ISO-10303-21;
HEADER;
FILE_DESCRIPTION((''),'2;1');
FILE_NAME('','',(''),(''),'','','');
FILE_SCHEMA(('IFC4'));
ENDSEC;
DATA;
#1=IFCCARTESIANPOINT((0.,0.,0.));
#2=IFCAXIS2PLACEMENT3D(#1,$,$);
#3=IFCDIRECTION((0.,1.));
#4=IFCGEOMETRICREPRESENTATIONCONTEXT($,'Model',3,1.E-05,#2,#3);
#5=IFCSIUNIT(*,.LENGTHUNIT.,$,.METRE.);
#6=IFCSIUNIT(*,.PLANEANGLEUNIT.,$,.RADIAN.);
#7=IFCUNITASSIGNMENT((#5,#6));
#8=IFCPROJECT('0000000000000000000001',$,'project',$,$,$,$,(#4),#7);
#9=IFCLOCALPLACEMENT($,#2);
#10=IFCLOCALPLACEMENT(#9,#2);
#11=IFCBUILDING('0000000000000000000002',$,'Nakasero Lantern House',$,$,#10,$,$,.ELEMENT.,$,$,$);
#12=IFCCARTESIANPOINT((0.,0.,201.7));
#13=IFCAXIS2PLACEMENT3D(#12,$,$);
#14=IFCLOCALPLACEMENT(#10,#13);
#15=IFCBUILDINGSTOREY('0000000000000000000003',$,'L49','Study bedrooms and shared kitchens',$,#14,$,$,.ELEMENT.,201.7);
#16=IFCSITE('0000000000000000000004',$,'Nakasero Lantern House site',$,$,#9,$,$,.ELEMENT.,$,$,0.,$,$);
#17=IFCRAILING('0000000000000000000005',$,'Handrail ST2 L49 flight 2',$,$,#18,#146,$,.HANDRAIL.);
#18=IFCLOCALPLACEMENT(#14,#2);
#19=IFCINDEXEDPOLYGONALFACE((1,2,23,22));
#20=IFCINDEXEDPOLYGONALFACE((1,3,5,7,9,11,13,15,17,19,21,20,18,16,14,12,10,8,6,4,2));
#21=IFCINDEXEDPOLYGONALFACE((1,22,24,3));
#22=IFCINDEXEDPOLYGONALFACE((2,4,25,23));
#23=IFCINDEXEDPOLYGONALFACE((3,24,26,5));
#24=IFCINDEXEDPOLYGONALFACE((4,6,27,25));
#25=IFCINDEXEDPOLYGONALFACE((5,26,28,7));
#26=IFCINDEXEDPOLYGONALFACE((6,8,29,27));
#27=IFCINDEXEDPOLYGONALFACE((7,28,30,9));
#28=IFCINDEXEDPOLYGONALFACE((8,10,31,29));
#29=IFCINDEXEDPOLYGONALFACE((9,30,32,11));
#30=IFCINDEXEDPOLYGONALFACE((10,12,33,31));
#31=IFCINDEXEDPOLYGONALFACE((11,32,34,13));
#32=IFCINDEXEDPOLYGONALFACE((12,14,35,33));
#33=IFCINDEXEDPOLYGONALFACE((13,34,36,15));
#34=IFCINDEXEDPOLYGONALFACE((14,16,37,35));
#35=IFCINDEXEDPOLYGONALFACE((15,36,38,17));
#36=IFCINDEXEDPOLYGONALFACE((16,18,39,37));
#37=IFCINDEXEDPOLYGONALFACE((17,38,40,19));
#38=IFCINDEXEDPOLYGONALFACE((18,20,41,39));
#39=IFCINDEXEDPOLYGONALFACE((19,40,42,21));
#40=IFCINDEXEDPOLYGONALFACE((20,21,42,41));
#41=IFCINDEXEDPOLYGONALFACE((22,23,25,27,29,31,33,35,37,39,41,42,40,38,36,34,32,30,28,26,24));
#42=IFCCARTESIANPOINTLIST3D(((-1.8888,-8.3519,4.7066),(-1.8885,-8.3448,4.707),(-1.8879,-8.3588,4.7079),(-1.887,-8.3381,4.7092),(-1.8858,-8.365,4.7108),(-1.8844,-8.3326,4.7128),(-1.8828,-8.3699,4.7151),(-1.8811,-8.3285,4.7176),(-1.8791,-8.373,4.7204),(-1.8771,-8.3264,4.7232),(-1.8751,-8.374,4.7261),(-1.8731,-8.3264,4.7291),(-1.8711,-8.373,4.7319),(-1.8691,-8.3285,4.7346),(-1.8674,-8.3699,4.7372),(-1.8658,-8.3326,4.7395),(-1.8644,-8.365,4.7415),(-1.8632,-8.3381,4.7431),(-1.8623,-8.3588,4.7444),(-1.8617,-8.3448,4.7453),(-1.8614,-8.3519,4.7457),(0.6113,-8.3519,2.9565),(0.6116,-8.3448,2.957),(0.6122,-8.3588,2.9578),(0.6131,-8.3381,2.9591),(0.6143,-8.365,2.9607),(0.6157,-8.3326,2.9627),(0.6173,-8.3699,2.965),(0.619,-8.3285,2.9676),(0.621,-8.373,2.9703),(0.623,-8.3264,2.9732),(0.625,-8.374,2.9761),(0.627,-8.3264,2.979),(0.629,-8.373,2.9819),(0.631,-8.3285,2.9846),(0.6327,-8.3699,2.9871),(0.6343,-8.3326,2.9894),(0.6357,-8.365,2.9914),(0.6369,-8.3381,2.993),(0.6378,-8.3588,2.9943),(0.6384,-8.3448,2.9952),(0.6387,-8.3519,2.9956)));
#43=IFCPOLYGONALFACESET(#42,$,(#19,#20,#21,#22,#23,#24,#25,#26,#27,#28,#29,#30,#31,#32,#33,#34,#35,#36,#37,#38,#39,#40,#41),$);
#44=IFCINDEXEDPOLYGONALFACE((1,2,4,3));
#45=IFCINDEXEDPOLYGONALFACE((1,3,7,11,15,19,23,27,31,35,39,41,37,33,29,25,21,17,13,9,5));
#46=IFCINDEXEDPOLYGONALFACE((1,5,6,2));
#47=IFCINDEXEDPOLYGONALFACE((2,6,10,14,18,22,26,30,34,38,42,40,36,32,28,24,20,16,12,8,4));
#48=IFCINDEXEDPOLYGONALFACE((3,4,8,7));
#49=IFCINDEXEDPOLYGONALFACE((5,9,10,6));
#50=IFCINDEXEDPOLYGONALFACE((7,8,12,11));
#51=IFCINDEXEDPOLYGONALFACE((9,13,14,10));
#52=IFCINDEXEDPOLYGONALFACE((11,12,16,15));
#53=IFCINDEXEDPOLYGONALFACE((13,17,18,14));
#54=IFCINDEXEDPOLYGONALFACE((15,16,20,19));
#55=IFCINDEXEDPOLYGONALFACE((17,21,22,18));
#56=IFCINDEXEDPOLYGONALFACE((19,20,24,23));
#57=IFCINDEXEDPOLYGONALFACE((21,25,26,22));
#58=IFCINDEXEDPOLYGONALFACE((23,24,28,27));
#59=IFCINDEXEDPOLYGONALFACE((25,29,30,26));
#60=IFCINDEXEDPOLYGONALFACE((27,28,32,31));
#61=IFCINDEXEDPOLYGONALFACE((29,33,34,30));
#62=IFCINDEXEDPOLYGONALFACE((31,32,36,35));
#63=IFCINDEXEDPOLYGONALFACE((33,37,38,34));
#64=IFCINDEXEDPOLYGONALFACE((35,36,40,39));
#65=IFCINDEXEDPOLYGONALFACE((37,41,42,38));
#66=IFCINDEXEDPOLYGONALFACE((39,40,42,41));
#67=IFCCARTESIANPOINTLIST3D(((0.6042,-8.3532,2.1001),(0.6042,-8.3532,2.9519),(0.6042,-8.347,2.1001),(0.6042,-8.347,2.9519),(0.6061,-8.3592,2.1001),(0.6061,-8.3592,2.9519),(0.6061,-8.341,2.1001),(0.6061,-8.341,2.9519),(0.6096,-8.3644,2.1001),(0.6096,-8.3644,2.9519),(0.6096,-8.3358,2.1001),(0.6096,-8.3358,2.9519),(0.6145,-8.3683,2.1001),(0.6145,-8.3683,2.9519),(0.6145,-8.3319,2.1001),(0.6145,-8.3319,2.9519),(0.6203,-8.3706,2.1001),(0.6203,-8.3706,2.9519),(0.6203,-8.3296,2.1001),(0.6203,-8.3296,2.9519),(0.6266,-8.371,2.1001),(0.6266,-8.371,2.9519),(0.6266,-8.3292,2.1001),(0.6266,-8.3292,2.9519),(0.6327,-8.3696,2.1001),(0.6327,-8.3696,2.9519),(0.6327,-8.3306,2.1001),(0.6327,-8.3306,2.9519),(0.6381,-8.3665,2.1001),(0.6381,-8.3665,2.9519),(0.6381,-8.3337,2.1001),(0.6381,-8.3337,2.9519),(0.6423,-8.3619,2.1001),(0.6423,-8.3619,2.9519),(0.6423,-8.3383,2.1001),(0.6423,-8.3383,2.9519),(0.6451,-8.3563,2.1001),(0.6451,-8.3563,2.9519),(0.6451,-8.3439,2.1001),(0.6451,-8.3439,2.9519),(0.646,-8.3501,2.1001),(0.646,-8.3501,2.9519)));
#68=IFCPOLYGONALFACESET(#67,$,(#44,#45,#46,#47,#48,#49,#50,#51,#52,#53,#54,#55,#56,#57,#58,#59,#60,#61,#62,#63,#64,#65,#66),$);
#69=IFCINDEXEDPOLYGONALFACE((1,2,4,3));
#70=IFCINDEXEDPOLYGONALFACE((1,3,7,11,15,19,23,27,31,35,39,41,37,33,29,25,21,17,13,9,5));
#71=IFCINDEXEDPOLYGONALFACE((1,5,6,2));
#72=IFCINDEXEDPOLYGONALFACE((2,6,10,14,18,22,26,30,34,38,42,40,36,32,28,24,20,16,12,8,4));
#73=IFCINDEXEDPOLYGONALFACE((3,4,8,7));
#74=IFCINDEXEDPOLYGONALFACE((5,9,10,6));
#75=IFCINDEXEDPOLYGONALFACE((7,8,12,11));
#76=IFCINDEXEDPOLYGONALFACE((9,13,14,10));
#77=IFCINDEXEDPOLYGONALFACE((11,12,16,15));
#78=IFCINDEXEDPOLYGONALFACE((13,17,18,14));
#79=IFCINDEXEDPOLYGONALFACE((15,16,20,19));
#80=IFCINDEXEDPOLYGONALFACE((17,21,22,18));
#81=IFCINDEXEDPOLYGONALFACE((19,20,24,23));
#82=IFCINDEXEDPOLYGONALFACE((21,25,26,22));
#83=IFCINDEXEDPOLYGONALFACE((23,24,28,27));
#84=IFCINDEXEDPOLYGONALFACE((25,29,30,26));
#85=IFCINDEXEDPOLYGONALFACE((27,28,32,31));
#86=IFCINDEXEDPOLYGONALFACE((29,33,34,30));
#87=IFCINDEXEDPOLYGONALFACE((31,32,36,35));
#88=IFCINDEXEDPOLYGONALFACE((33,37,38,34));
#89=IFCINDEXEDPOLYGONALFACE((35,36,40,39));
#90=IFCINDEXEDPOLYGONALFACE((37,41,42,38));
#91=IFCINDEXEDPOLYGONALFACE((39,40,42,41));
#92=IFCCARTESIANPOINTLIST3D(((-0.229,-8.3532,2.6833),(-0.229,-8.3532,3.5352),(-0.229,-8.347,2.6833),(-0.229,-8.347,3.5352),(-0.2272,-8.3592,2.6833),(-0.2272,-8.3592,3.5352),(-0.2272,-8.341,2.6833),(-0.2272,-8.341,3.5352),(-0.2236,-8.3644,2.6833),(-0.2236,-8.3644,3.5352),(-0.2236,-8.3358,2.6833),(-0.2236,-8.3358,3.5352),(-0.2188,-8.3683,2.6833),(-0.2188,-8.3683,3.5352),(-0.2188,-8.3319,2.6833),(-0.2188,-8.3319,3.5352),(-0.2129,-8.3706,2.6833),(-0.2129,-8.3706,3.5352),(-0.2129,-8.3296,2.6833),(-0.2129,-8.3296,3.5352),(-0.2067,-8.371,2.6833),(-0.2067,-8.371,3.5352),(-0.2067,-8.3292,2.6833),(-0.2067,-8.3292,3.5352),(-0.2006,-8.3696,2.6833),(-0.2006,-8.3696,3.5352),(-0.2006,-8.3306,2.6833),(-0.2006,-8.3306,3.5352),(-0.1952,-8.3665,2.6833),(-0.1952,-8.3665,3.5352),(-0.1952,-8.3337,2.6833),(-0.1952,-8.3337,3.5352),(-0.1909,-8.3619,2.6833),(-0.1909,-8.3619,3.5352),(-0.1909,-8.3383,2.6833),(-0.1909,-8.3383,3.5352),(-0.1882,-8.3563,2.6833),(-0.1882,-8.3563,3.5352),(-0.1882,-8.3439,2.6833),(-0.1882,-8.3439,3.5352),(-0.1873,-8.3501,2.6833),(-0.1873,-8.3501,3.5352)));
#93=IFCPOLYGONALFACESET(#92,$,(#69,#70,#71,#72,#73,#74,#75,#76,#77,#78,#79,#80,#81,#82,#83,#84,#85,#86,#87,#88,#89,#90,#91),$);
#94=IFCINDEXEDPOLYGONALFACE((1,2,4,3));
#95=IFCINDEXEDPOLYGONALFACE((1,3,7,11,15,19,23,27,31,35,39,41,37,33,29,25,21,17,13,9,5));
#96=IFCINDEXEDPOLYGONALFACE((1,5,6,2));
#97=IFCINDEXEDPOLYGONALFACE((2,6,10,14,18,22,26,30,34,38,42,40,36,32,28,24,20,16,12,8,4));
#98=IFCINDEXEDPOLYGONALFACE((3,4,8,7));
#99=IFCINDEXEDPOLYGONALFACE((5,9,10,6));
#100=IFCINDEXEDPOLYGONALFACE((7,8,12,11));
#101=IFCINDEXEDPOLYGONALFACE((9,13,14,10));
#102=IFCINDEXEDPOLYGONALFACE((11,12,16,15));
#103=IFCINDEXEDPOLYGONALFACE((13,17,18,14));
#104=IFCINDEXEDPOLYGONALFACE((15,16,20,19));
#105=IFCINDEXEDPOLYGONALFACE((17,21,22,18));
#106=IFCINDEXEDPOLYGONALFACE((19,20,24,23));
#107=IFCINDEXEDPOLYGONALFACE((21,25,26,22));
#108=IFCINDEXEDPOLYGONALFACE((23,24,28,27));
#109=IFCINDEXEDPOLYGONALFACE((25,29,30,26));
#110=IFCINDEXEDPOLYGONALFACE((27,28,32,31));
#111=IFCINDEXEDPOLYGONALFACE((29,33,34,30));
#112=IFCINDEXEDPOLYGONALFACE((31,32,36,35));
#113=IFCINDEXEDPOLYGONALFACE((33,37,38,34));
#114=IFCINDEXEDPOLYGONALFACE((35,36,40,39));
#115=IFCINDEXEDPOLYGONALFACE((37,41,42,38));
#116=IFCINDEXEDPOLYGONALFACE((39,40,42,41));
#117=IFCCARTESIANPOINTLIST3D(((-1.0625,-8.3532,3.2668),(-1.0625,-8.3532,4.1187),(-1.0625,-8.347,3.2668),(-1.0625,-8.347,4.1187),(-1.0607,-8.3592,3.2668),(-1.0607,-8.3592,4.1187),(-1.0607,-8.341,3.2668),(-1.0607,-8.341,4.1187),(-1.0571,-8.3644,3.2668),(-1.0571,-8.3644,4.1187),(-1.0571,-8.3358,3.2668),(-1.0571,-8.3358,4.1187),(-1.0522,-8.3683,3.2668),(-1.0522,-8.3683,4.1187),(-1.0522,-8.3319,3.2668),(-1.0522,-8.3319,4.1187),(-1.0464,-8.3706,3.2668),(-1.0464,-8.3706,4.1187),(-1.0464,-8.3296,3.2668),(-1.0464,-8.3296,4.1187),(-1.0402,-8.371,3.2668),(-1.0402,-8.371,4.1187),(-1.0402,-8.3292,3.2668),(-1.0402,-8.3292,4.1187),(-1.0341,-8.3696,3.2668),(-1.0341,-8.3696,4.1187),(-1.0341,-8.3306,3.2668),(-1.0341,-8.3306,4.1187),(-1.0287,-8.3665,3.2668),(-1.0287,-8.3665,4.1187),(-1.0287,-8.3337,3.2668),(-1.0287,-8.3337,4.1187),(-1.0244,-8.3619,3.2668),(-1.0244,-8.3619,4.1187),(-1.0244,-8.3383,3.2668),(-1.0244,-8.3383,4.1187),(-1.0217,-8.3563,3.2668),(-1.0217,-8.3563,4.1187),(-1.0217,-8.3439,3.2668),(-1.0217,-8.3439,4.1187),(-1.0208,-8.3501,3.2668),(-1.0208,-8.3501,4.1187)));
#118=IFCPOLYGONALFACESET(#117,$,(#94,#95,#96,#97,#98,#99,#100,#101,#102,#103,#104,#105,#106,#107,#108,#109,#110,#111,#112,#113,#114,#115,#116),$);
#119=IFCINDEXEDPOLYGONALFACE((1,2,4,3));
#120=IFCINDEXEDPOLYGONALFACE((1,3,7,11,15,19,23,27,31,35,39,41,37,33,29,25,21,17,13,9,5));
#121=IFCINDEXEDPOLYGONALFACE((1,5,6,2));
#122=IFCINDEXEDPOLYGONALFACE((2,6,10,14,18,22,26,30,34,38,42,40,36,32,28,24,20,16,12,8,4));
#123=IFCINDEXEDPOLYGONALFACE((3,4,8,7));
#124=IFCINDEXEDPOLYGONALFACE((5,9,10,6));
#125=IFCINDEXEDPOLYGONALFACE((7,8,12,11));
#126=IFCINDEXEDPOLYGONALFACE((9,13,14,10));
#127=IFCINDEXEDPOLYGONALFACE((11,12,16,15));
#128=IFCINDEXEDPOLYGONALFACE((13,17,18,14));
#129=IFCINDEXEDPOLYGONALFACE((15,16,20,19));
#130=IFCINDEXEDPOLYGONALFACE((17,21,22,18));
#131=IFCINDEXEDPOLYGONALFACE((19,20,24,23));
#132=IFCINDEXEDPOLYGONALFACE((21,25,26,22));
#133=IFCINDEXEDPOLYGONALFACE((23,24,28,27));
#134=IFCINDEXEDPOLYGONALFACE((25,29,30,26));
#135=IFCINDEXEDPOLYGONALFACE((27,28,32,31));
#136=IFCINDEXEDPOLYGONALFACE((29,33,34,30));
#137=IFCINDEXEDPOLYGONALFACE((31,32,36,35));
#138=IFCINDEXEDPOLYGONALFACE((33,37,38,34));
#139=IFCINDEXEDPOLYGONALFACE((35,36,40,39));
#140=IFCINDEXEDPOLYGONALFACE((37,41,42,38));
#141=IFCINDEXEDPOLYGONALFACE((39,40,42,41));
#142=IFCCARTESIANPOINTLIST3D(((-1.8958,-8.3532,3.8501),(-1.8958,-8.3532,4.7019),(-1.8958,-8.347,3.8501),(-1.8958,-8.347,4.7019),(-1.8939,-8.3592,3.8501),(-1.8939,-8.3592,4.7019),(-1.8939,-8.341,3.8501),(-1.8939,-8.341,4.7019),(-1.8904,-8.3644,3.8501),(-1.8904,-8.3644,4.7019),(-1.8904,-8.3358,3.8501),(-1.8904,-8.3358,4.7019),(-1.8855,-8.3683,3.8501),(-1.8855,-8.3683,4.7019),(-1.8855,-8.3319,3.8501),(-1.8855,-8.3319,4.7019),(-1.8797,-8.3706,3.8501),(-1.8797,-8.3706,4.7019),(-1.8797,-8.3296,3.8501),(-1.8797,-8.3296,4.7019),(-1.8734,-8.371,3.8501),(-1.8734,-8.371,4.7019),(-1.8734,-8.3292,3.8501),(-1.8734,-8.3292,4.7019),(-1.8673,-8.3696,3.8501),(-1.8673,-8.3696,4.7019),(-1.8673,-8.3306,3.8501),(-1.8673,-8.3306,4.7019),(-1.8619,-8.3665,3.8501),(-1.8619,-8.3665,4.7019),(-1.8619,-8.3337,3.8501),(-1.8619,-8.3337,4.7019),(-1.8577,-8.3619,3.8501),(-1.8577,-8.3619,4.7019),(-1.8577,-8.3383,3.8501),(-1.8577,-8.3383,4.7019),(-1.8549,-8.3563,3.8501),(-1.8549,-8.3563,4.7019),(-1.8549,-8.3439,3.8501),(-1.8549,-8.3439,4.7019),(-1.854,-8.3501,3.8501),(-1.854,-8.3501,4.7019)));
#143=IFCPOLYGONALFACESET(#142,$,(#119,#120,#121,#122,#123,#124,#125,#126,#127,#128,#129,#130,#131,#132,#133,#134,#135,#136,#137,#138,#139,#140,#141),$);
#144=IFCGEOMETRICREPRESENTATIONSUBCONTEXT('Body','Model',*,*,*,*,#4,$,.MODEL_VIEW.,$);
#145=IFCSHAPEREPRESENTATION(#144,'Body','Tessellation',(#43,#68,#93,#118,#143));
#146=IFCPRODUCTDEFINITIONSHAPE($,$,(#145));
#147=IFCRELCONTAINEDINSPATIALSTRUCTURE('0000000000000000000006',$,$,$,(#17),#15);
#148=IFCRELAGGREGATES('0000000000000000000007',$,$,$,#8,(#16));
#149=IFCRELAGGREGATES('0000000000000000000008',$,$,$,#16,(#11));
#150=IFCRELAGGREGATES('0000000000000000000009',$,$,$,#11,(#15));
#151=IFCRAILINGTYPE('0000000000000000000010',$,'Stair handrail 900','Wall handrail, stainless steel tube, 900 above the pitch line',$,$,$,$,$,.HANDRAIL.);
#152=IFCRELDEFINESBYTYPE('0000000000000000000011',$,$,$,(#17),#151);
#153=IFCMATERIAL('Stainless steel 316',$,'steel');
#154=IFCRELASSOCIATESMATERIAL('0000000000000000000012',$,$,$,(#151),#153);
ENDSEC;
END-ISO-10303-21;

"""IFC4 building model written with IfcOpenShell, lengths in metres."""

from ifc_helpers import new_model, si_unit, direction, frame, origin, origin_2d, place, context, subcontext, project, spatial, circle, extrude, material, type_object, element, save


model = new_model("IFC4")

# Units and contexts
model_context = context("Model", 3, precision=1e-05, world=origin(), true_north=direction((0.0, 1.0)))
body_context = subcontext(model_context, "Body", "Model", "MODEL_VIEW")
ifc_project = project(units=[si_unit("LENGTHUNIT", "METRE"), si_unit("PLANEANGLEUNIT", "RADIAN")], contexts=[model_context])

# Site, building, storey
site_placement = place(None, origin())
site = spatial("IfcSite", under=ifc_project, at=site_placement, Name="Nakasero Lantern House site", CompositionType="ELEMENT", RefElevation=0.0)
building_placement = place(site_placement, origin())
building = spatial("IfcBuilding", under=site, at=building_placement, Name="Nakasero Lantern House", CompositionType="ELEMENT")
storey_placement = place(building_placement, frame((0.0, 0.0, 201.7)))
storey = spatial("IfcBuildingStorey", under=building, at=storey_placement, Name="L49", Description="Study bedrooms and shared kitchens", CompositionType="ELEMENT", Elevation=201.7)

# Railing
ifc_material_1 = material(Name="Stainless steel 316", Category="steel")
railing_type = type_object("IfcRailingType", Name="Stair handrail 900", Description="Wall handrail, stainless steel tube, 900 above the pitch line", PredefinedType="HANDRAIL", material=ifc_material_1)
railing_placement = place(storey_placement, frame((0.625, -8.3501, 2.1001)))
element("IfcRailing", 1, at=railing_placement, inside=storey, type_object=railing_type, Name="Handrail ST2 L49 flight 2", PredefinedType="HANDRAIL", context=body_context, shape_type="SweptSolid", body=[
    extrude(circle(Radius=0.0239, at=origin_2d()), frame((0.0, 0.0, 0.876), z_axis=(-0.819232, 0.0, 0.573462), x_axis=(0.0, -1.0, 0.0)), (0.0, 0.0, 1.0), 3.0518),
    extrude(circle(Radius=0.021, at=origin_2d()), origin(), (0.0, 0.0, 1.0), 0.8518),
    extrude(circle(Radius=0.021, at=origin_2d()), frame((-0.8333, 0.0, 0.5833)), (0.0, 0.0, 1.0), 0.8518),
    extrude(circle(Radius=0.021, at=origin_2d()), frame((-1.6667, 0.0, 1.1667)), (0.0, 0.0, 1.0), 0.8518),
    extrude(circle(Radius=0.021, at=origin_2d()), frame((-2.5, 0.0, 1.75)), (0.0, 0.0, 1.0), 0.8518),
])

save(model, "model.ifc")
